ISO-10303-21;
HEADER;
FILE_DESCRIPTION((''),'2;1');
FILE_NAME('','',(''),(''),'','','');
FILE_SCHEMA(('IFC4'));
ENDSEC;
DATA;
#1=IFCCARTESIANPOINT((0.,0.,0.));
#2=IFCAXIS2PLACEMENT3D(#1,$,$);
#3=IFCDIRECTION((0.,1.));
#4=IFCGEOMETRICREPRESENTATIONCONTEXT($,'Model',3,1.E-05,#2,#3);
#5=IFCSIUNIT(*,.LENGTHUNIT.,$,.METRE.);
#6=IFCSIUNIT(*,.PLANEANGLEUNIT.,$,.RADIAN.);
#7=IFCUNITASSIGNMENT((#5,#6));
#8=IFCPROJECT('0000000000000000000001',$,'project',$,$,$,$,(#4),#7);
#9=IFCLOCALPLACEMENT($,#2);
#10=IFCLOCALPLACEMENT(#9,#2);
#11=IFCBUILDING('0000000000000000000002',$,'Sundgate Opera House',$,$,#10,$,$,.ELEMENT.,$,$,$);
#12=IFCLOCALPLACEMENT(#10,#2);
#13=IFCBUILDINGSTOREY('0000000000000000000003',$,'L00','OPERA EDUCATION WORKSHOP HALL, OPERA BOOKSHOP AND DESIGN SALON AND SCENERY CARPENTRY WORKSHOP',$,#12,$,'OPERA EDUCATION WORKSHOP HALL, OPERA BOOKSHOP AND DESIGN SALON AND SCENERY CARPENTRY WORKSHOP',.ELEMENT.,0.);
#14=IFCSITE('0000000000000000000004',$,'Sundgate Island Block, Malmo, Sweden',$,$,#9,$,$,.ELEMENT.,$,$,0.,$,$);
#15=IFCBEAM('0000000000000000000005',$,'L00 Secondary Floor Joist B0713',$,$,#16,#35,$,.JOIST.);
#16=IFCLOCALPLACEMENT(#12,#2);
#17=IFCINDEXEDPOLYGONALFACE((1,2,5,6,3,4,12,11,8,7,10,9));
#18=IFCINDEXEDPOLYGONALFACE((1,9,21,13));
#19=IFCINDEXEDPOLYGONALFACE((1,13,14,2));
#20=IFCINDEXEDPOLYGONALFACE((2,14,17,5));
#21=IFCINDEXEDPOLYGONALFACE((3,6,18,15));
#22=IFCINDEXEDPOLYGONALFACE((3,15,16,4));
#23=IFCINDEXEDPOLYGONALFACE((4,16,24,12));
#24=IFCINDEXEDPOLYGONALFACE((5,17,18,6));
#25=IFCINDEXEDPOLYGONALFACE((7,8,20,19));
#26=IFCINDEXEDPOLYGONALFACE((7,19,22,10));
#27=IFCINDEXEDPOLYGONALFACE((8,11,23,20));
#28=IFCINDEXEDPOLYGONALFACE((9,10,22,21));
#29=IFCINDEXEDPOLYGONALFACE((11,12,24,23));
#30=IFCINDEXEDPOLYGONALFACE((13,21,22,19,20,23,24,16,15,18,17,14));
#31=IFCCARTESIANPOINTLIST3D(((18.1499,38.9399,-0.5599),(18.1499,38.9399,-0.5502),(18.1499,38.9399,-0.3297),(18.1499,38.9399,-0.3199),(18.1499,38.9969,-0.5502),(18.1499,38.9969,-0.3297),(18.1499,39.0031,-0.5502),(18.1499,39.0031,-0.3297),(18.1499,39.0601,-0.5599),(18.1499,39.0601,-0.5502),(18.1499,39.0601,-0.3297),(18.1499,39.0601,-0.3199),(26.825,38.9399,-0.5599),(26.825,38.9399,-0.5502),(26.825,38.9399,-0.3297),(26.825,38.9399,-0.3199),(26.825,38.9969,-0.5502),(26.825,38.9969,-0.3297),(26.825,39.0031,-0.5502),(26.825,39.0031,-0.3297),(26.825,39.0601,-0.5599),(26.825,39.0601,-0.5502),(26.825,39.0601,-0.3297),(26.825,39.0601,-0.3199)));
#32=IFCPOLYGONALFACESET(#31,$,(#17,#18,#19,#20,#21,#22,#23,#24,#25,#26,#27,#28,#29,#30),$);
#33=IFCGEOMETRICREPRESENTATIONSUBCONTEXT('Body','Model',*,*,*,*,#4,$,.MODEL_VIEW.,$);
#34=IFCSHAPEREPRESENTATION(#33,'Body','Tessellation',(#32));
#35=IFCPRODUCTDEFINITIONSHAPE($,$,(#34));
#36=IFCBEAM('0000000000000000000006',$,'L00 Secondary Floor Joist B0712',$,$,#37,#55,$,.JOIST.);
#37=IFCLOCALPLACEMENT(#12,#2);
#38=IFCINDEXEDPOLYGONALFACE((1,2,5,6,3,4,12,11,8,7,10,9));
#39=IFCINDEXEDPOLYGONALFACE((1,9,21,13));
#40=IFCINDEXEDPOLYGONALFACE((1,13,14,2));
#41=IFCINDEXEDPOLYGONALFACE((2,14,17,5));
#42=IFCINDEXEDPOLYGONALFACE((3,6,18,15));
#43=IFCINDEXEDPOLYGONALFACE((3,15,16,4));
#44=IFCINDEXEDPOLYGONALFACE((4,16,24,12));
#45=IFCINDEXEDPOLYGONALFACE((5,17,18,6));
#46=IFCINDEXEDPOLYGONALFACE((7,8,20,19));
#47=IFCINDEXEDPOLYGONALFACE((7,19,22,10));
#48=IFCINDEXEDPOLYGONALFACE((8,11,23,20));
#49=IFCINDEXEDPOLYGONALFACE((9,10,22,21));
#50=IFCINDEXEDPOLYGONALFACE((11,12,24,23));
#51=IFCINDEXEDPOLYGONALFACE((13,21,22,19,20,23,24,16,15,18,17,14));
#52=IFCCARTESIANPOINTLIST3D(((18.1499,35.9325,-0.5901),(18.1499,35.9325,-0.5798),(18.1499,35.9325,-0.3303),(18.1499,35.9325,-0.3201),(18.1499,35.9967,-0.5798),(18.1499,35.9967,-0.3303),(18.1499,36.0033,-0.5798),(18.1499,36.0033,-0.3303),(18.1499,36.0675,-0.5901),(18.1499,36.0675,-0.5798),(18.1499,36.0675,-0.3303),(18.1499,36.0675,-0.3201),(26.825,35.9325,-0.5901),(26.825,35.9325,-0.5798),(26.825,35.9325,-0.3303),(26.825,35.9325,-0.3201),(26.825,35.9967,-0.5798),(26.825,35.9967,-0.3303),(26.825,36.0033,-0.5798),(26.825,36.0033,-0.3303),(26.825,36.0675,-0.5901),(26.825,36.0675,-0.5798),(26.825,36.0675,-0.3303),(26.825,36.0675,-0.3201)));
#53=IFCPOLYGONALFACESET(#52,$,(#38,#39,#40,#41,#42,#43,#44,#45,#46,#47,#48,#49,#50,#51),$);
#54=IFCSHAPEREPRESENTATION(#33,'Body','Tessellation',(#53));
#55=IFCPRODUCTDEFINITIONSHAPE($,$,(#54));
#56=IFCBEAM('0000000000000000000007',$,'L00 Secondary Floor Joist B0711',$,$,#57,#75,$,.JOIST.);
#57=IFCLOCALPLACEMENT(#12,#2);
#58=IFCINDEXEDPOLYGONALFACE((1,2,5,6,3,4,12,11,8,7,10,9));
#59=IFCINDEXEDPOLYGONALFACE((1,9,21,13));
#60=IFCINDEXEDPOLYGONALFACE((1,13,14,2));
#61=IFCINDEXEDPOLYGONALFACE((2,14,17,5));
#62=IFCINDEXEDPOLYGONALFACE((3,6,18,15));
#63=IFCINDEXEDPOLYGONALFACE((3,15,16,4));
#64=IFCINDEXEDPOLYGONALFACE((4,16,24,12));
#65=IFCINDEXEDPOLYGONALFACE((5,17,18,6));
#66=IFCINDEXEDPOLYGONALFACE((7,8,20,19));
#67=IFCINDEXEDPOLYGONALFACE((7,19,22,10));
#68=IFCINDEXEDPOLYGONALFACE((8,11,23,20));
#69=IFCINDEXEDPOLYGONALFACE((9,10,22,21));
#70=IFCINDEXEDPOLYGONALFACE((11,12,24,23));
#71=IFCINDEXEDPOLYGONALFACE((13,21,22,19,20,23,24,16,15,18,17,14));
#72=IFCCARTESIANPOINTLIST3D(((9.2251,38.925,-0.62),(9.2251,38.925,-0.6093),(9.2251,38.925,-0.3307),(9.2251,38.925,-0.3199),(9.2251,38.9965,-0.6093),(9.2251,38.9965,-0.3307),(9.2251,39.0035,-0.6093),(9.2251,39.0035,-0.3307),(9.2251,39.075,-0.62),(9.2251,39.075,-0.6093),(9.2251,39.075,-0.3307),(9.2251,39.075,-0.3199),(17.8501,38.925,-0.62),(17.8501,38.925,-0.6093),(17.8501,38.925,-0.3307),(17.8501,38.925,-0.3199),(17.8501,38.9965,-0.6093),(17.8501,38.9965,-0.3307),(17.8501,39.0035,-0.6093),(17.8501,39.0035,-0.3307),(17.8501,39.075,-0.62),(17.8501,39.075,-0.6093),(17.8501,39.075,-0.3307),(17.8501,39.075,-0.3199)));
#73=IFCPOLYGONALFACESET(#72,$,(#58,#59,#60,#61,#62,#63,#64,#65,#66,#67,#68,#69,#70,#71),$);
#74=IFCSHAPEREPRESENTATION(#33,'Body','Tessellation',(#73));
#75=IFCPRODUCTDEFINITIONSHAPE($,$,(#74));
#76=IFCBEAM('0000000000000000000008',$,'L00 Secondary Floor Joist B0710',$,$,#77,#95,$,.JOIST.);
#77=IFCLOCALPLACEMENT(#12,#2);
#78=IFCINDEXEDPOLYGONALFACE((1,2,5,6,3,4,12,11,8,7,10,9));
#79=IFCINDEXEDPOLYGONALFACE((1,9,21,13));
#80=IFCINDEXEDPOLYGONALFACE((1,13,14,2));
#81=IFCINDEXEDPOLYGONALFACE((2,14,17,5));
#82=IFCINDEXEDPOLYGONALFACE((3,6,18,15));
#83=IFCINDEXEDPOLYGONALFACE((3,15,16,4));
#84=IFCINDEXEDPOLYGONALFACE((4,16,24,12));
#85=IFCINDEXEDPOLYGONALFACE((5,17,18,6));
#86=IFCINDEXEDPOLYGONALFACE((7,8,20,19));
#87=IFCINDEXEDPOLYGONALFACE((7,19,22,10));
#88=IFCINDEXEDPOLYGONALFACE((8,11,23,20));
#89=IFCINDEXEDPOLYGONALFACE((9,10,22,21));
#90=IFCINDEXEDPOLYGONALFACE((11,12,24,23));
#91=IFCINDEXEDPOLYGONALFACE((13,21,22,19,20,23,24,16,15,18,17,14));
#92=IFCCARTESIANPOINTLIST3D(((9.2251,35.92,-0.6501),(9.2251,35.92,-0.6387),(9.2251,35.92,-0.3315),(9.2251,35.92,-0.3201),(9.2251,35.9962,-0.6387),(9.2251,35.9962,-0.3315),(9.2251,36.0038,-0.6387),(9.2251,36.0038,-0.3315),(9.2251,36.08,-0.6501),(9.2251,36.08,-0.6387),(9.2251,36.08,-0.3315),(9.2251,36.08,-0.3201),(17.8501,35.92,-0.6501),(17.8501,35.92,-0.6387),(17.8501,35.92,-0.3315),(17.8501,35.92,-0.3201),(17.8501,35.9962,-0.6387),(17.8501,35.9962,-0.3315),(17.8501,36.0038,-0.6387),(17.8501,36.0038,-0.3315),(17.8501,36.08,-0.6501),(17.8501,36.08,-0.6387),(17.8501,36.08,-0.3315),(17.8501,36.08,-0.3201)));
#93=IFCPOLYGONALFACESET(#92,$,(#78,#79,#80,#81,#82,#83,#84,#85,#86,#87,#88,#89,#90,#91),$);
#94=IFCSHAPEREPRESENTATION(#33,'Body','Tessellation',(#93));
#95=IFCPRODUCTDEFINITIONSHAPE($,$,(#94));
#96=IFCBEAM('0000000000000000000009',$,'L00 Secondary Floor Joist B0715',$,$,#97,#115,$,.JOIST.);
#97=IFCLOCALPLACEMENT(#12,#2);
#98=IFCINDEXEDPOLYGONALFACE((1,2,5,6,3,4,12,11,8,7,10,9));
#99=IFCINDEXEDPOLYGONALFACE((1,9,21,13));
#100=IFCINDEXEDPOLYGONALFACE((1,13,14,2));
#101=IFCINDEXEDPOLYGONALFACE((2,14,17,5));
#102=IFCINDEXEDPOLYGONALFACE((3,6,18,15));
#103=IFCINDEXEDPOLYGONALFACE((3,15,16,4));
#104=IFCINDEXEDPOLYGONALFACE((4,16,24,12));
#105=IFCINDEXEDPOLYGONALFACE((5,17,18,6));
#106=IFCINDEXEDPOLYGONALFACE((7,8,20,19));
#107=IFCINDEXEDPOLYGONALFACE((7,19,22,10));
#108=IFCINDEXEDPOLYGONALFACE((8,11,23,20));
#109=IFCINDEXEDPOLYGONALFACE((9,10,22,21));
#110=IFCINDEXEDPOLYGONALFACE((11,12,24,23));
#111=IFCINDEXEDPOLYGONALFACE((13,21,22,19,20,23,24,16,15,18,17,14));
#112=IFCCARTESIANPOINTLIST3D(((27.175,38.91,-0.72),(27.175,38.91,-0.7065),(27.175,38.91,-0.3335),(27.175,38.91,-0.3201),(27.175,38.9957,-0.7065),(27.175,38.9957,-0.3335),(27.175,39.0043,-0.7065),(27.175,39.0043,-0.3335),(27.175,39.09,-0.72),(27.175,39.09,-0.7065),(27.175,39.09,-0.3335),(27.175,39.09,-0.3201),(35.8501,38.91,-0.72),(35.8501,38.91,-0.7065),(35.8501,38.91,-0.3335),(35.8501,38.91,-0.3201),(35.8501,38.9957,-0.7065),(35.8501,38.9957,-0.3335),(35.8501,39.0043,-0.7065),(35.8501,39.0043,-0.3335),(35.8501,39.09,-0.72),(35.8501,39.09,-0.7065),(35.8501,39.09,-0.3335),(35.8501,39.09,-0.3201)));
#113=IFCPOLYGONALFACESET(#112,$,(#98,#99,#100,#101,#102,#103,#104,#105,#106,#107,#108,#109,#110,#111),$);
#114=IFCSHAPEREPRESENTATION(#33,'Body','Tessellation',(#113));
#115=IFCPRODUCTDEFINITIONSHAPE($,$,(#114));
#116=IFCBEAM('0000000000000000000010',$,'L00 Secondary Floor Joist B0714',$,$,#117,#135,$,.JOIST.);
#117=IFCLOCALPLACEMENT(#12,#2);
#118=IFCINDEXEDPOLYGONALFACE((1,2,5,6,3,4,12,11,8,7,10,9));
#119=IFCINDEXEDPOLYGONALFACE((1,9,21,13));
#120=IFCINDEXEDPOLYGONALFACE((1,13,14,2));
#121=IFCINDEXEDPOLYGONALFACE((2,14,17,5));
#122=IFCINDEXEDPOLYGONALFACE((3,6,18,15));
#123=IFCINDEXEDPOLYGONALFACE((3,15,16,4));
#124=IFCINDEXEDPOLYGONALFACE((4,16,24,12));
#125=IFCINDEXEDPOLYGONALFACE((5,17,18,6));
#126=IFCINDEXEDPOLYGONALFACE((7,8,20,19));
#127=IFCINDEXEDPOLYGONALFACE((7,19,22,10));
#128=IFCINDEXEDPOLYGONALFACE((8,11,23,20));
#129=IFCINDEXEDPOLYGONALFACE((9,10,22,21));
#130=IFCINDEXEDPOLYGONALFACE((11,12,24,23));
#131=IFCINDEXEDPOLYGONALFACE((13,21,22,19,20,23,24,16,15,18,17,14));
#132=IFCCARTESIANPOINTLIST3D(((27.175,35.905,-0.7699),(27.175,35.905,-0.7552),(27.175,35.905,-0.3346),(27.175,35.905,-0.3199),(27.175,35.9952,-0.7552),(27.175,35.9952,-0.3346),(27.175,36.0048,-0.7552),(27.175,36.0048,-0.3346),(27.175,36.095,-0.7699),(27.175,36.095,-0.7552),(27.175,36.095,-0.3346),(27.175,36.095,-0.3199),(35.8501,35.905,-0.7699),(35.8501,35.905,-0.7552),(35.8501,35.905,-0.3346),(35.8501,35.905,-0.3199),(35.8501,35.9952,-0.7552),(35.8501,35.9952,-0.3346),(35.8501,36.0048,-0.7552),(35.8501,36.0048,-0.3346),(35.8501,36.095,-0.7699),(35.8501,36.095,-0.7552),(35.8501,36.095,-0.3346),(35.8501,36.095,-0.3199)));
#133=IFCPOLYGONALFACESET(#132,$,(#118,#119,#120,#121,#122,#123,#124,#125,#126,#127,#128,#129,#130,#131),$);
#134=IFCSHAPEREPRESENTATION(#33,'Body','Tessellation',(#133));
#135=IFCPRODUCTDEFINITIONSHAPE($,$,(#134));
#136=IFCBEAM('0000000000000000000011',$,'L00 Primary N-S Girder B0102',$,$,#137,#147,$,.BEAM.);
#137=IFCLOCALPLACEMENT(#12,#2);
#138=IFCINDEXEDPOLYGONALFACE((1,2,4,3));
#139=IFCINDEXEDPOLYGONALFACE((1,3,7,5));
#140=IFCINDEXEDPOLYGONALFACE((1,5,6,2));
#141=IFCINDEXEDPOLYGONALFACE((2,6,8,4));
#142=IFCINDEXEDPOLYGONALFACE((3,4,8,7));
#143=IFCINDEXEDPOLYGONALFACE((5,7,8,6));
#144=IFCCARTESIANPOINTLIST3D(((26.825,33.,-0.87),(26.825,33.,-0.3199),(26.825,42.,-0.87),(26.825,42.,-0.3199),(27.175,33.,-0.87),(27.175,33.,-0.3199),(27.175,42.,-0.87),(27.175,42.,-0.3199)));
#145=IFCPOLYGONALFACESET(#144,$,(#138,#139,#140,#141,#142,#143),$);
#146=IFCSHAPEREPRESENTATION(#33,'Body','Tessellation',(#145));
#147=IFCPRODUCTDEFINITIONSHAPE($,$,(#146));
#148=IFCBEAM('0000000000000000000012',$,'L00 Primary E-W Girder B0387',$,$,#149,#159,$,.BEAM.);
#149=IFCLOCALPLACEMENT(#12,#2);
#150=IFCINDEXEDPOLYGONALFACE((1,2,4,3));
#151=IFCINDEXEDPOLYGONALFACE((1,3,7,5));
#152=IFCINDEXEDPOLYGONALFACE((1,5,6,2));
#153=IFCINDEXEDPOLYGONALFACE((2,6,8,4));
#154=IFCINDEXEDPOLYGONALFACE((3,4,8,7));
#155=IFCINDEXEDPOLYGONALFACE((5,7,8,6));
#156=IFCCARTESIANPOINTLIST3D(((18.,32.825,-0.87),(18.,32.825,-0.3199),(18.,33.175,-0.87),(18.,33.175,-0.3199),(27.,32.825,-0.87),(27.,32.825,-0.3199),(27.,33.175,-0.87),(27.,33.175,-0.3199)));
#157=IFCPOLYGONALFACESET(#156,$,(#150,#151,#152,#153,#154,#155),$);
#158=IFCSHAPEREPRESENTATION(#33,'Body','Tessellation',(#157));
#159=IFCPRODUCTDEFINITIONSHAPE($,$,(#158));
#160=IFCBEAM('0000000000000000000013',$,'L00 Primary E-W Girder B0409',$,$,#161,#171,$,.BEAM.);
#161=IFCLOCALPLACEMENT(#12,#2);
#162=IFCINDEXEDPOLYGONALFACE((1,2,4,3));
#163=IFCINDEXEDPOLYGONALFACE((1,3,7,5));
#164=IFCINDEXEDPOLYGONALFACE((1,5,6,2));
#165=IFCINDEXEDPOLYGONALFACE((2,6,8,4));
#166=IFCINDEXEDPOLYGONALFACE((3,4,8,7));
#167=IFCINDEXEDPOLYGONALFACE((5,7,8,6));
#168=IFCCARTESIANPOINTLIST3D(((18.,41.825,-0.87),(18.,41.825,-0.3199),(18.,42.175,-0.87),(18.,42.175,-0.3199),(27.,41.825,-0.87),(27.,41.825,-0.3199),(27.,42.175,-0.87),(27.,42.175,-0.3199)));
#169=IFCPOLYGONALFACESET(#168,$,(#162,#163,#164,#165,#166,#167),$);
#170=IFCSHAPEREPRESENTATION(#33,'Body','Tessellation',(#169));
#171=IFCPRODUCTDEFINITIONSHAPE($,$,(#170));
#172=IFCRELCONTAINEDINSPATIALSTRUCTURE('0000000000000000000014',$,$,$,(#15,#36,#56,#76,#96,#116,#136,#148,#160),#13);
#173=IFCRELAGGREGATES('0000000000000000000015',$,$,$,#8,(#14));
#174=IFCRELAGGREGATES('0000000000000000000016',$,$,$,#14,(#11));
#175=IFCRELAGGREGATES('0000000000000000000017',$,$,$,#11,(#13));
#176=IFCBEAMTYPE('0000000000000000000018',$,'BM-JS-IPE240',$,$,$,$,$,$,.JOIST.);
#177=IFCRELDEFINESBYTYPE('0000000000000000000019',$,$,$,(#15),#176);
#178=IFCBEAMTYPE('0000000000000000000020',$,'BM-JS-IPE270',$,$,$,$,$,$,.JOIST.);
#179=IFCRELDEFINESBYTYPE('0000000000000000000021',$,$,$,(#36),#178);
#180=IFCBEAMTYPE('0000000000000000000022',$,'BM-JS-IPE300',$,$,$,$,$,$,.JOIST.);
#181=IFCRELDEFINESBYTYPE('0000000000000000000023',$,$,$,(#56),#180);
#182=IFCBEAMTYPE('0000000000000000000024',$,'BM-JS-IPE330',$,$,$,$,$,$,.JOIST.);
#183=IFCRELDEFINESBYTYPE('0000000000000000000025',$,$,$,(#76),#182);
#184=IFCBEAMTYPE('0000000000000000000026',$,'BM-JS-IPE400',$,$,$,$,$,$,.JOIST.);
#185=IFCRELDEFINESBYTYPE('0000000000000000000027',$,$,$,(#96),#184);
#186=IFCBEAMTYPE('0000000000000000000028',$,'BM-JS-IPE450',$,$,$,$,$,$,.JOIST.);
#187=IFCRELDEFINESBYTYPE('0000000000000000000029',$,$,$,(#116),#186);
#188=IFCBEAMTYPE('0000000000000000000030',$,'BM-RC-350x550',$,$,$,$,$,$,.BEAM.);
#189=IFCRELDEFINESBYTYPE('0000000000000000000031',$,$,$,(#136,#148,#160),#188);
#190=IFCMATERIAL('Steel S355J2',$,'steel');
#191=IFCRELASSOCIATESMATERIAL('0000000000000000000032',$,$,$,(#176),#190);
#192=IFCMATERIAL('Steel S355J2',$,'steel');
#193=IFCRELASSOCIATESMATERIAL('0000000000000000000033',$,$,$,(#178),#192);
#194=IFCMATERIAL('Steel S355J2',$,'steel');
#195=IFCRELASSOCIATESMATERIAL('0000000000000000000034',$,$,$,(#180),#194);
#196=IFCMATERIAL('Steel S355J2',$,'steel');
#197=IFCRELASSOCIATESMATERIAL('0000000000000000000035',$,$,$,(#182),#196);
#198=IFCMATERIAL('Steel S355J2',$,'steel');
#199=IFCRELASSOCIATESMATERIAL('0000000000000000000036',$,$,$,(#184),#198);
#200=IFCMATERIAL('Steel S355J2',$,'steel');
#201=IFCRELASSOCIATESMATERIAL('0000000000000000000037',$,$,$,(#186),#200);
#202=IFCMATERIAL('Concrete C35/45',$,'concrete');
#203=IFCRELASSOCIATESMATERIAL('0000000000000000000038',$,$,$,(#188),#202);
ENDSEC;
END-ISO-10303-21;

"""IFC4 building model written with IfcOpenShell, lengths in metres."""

from ifc_helpers import new_model, si_unit, direction, frame, origin, origin_2d, place, context, subcontext, project, spatial, rectangle, i_section, extrude, material, material_profile, profile_set, type_object, element, save


model = new_model("IFC4")

# Units and contexts
model_context = context("Model", 3, precision=1e-05, world=origin(), true_north=direction((0.0, 1.0)))
body_context = subcontext(model_context, "Body", "Model", "MODEL_VIEW")
ifc_project = project(units=[si_unit("LENGTHUNIT", "METRE"), si_unit("PLANEANGLEUNIT", "RADIAN")], contexts=[model_context])

# Site, building, storey
site_placement = place(None, origin())
site = spatial("IfcSite", under=ifc_project, at=site_placement, Name="Sundgate Island Block, Malmo, Sweden", CompositionType="ELEMENT", RefElevation=0.0)
building_placement = place(site_placement, origin())
building = spatial("IfcBuilding", under=site, at=building_placement, Name="Sundgate Opera House", CompositionType="ELEMENT")
storey_placement = place(building_placement, origin())
storey = spatial("IfcBuildingStorey", under=building, at=storey_placement, Name="L00", Description="OPERA EDUCATION WORKSHOP HALL, OPERA BOOKSHOP AND DESIGN SALON AND SCENERY CARPENTRY WORKSHOP", LongName="OPERA EDUCATION WORKSHOP HALL, OPERA BOOKSHOP AND DESIGN SALON AND SCENERY CARPENTRY WORKSHOP", CompositionType="ELEMENT", Elevation=0.0)

# Beams
ifc_material_1 = material(Name="Steel S355J2", Category="steel")
ifc_material_profile_1 = material_profile(ifc_material_1, i_section(OverallWidth=0.1201, OverallDepth=0.24, WebThickness=0.0061, FlangeThickness=0.0098, at=origin_2d()), Name="IPE 240")
ifc_profile_set_1 = profile_set([ifc_material_profile_1], Name="Steel S355J2")
beam_type_1 = type_object("IfcBeamType", Name="BM-JS-IPE240", PredefinedType="JOIST", material=ifc_profile_set_1)
beam_1_placement = place(storey_placement, frame((18.1499, 39.0, -0.4399), z_axis=(1.0, 0.0, 0.0), x_axis=(0.0, 1.0, 0.0)))
element("IfcBeam", 1, at=beam_1_placement, inside=storey, type_object=beam_type_1, Name="L00 Secondary Floor Joist B0713", PredefinedType="JOIST", context=body_context, shape_type="SweptSolid", body=[
    extrude(i_section(OverallWidth=0.1201, OverallDepth=0.24, WebThickness=0.0061, FlangeThickness=0.0098, at=origin_2d()), origin(), (0.0, 0.0, 1.0), 8.675),
])
ifc_material_2 = material(Name="Steel S355J2", Category="steel")
ifc_material_profile_2 = material_profile(ifc_material_2, i_section(OverallWidth=0.135, OverallDepth=0.27, WebThickness=0.0066, FlangeThickness=0.0103, at=origin_2d()), Name="IPE 270")
ifc_profile_set_2 = profile_set([ifc_material_profile_2], Name="Steel S355J2")
beam_type_2 = type_object("IfcBeamType", Name="BM-JS-IPE270", PredefinedType="JOIST", material=ifc_profile_set_2)
beam_2_placement = place(storey_placement, frame((18.1499, 36.0, -0.4551), z_axis=(1.0, 0.0, 0.0), x_axis=(0.0, 1.0, 0.0)))
element("IfcBeam", 2, at=beam_2_placement, inside=storey, type_object=beam_type_2, Name="L00 Secondary Floor Joist B0712", PredefinedType="JOIST", context=body_context, shape_type="SweptSolid", body=[
    extrude(i_section(OverallWidth=0.135, OverallDepth=0.27, WebThickness=0.0066, FlangeThickness=0.0103, at=origin_2d()), origin(), (0.0, 0.0, 1.0), 8.675),
])
ifc_material_3 = material(Name="Steel S355J2", Category="steel")
ifc_material_profile_3 = material_profile(ifc_material_3, i_section(OverallWidth=0.1499, OverallDepth=0.3, WebThickness=0.0071, FlangeThickness=0.0107, at=origin_2d()), Name="IPE 300")
ifc_profile_set_3 = profile_set([ifc_material_profile_3], Name="Steel S355J2")
beam_type_3 = type_object("IfcBeamType", Name="BM-JS-IPE300", PredefinedType="JOIST", material=ifc_profile_set_3)
beam_3_placement = place(storey_placement, frame((9.2251, 39.0, -0.47), z_axis=(1.0, 0.0, 0.0), x_axis=(0.0, 1.0, 0.0)))
element("IfcBeam", 3, at=beam_3_placement, inside=storey, type_object=beam_type_3, Name="L00 Secondary Floor Joist B0711", PredefinedType="JOIST", context=body_context, shape_type="SweptSolid", body=[
    extrude(i_section(OverallWidth=0.1499, OverallDepth=0.3, WebThickness=0.0071, FlangeThickness=0.0107, at=origin_2d()), origin(), (0.0, 0.0, 1.0), 8.625),
])
ifc_material_4 = material(Name="Steel S355J2", Category="steel")
ifc_material_profile_4 = material_profile(ifc_material_4, i_section(OverallWidth=0.1599, OverallDepth=0.3301, WebThickness=0.0076, FlangeThickness=0.0115, at=origin_2d()), Name="IPE 330")
ifc_profile_set_4 = profile_set([ifc_material_profile_4], Name="Steel S355J2")
beam_type_4 = type_object("IfcBeamType", Name="BM-JS-IPE330", PredefinedType="JOIST", material=ifc_profile_set_4)
beam_4_placement = place(storey_placement, frame((9.2251, 36.0, -0.4851), z_axis=(1.0, 0.0, 0.0), x_axis=(0.0, 1.0, 0.0)))
element("IfcBeam", 4, at=beam_4_placement, inside=storey, type_object=beam_type_4, Name="L00 Secondary Floor Joist B0710", PredefinedType="JOIST", context=body_context, shape_type="SweptSolid", body=[
    extrude(i_section(OverallWidth=0.1599, OverallDepth=0.3301, WebThickness=0.0076, FlangeThickness=0.0115, at=origin_2d()), origin(), (0.0, 0.0, 1.0), 8.625),
])
ifc_material_5 = material(Name="Steel S355J2", Category="steel")
ifc_material_profile_5 = material_profile(ifc_material_5, i_section(OverallWidth=0.1799, OverallDepth=0.3999, WebThickness=0.0085, FlangeThickness=0.0134, at=origin_2d()), Name="IPE 400")
ifc_profile_set_5 = profile_set([ifc_material_profile_5], Name="Steel S355J2")
beam_type_5 = type_object("IfcBeamType", Name="BM-JS-IPE400", PredefinedType="JOIST", material=ifc_profile_set_5)
beam_5_placement = place(storey_placement, frame((27.175, 39.0, -0.52), z_axis=(1.0, 0.0, 0.0), x_axis=(0.0, 1.0, 0.0)))
element("IfcBeam", 5, at=beam_5_placement, inside=storey, type_object=beam_type_5, Name="L00 Secondary Floor Joist B0715", PredefinedType="JOIST", context=body_context, shape_type="SweptSolid", body=[
    extrude(i_section(OverallWidth=0.1799, OverallDepth=0.3999, WebThickness=0.0085, FlangeThickness=0.0134, at=origin_2d()), origin(), (0.0, 0.0, 1.0), 8.675),
])
ifc_material_6 = material(Name="Steel S355J2", Category="steel")
ifc_material_profile_6 = material_profile(ifc_material_6, i_section(OverallWidth=0.1899, OverallDepth=0.45, WebThickness=0.0095, FlangeThickness=0.0146, at=origin_2d()), Name="IPE 450")
ifc_profile_set_6 = profile_set([ifc_material_profile_6], Name="Steel S355J2")
beam_type_6 = type_object("IfcBeamType", Name="BM-JS-IPE450", PredefinedType="JOIST", material=ifc_profile_set_6)
beam_6_placement = place(storey_placement, frame((27.175, 36.0, -0.5449), z_axis=(1.0, 0.0, 0.0), x_axis=(0.0, 1.0, 0.0)))
element("IfcBeam", 6, at=beam_6_placement, inside=storey, type_object=beam_type_6, Name="L00 Secondary Floor Joist B0714", PredefinedType="JOIST", context=body_context, shape_type="SweptSolid", body=[
    extrude(i_section(OverallWidth=0.1899, OverallDepth=0.45, WebThickness=0.0095, FlangeThickness=0.0146, at=origin_2d()), origin(), (0.0, 0.0, 1.0), 8.675),
])
ifc_material_7 = material(Name="Concrete C35/45", Category="concrete")
ifc_material_profile_7 = material_profile(ifc_material_7, rectangle(XDim=0.3501, YDim=0.55, at=origin_2d()), Name="RC 350x550")
ifc_profile_set_7 = profile_set([ifc_material_profile_7], Name="Concrete C35/45")
beam_type_7 = type_object("IfcBeamType", Name="BM-RC-350x550", PredefinedType="BEAM", material=ifc_profile_set_7)
for number, where, z_axis, x_axis, name in (
    (7, (27.0, 33.0, -0.595), (0.0, 1.0, 0.0), (-1.0, 0.0, 0.0), "L00 Primary N-S Girder B0102"),
    (8, (18.0, 33.0, -0.595), (1.0, 0.0, 0.0), (0.0, 1.0, 0.0), "L00 Primary E-W Girder B0387"),
    (9, (18.0, 42.0, -0.595), (1.0, 0.0, 0.0), (0.0, 1.0, 0.0), "L00 Primary E-W Girder B0409"),
):
    element("IfcBeam", number, at=place(storey_placement, frame(where, z_axis=z_axis, x_axis=x_axis)), inside=storey, type_object=beam_type_7, Name=name, PredefinedType="BEAM", context=body_context, shape_type="SweptSolid", body=[
        extrude(rectangle(XDim=0.3501, YDim=0.55, at=origin_2d()), origin(), (0.0, 0.0, 1.0), 9.0),
    ])

save(model, "model.ifc")
